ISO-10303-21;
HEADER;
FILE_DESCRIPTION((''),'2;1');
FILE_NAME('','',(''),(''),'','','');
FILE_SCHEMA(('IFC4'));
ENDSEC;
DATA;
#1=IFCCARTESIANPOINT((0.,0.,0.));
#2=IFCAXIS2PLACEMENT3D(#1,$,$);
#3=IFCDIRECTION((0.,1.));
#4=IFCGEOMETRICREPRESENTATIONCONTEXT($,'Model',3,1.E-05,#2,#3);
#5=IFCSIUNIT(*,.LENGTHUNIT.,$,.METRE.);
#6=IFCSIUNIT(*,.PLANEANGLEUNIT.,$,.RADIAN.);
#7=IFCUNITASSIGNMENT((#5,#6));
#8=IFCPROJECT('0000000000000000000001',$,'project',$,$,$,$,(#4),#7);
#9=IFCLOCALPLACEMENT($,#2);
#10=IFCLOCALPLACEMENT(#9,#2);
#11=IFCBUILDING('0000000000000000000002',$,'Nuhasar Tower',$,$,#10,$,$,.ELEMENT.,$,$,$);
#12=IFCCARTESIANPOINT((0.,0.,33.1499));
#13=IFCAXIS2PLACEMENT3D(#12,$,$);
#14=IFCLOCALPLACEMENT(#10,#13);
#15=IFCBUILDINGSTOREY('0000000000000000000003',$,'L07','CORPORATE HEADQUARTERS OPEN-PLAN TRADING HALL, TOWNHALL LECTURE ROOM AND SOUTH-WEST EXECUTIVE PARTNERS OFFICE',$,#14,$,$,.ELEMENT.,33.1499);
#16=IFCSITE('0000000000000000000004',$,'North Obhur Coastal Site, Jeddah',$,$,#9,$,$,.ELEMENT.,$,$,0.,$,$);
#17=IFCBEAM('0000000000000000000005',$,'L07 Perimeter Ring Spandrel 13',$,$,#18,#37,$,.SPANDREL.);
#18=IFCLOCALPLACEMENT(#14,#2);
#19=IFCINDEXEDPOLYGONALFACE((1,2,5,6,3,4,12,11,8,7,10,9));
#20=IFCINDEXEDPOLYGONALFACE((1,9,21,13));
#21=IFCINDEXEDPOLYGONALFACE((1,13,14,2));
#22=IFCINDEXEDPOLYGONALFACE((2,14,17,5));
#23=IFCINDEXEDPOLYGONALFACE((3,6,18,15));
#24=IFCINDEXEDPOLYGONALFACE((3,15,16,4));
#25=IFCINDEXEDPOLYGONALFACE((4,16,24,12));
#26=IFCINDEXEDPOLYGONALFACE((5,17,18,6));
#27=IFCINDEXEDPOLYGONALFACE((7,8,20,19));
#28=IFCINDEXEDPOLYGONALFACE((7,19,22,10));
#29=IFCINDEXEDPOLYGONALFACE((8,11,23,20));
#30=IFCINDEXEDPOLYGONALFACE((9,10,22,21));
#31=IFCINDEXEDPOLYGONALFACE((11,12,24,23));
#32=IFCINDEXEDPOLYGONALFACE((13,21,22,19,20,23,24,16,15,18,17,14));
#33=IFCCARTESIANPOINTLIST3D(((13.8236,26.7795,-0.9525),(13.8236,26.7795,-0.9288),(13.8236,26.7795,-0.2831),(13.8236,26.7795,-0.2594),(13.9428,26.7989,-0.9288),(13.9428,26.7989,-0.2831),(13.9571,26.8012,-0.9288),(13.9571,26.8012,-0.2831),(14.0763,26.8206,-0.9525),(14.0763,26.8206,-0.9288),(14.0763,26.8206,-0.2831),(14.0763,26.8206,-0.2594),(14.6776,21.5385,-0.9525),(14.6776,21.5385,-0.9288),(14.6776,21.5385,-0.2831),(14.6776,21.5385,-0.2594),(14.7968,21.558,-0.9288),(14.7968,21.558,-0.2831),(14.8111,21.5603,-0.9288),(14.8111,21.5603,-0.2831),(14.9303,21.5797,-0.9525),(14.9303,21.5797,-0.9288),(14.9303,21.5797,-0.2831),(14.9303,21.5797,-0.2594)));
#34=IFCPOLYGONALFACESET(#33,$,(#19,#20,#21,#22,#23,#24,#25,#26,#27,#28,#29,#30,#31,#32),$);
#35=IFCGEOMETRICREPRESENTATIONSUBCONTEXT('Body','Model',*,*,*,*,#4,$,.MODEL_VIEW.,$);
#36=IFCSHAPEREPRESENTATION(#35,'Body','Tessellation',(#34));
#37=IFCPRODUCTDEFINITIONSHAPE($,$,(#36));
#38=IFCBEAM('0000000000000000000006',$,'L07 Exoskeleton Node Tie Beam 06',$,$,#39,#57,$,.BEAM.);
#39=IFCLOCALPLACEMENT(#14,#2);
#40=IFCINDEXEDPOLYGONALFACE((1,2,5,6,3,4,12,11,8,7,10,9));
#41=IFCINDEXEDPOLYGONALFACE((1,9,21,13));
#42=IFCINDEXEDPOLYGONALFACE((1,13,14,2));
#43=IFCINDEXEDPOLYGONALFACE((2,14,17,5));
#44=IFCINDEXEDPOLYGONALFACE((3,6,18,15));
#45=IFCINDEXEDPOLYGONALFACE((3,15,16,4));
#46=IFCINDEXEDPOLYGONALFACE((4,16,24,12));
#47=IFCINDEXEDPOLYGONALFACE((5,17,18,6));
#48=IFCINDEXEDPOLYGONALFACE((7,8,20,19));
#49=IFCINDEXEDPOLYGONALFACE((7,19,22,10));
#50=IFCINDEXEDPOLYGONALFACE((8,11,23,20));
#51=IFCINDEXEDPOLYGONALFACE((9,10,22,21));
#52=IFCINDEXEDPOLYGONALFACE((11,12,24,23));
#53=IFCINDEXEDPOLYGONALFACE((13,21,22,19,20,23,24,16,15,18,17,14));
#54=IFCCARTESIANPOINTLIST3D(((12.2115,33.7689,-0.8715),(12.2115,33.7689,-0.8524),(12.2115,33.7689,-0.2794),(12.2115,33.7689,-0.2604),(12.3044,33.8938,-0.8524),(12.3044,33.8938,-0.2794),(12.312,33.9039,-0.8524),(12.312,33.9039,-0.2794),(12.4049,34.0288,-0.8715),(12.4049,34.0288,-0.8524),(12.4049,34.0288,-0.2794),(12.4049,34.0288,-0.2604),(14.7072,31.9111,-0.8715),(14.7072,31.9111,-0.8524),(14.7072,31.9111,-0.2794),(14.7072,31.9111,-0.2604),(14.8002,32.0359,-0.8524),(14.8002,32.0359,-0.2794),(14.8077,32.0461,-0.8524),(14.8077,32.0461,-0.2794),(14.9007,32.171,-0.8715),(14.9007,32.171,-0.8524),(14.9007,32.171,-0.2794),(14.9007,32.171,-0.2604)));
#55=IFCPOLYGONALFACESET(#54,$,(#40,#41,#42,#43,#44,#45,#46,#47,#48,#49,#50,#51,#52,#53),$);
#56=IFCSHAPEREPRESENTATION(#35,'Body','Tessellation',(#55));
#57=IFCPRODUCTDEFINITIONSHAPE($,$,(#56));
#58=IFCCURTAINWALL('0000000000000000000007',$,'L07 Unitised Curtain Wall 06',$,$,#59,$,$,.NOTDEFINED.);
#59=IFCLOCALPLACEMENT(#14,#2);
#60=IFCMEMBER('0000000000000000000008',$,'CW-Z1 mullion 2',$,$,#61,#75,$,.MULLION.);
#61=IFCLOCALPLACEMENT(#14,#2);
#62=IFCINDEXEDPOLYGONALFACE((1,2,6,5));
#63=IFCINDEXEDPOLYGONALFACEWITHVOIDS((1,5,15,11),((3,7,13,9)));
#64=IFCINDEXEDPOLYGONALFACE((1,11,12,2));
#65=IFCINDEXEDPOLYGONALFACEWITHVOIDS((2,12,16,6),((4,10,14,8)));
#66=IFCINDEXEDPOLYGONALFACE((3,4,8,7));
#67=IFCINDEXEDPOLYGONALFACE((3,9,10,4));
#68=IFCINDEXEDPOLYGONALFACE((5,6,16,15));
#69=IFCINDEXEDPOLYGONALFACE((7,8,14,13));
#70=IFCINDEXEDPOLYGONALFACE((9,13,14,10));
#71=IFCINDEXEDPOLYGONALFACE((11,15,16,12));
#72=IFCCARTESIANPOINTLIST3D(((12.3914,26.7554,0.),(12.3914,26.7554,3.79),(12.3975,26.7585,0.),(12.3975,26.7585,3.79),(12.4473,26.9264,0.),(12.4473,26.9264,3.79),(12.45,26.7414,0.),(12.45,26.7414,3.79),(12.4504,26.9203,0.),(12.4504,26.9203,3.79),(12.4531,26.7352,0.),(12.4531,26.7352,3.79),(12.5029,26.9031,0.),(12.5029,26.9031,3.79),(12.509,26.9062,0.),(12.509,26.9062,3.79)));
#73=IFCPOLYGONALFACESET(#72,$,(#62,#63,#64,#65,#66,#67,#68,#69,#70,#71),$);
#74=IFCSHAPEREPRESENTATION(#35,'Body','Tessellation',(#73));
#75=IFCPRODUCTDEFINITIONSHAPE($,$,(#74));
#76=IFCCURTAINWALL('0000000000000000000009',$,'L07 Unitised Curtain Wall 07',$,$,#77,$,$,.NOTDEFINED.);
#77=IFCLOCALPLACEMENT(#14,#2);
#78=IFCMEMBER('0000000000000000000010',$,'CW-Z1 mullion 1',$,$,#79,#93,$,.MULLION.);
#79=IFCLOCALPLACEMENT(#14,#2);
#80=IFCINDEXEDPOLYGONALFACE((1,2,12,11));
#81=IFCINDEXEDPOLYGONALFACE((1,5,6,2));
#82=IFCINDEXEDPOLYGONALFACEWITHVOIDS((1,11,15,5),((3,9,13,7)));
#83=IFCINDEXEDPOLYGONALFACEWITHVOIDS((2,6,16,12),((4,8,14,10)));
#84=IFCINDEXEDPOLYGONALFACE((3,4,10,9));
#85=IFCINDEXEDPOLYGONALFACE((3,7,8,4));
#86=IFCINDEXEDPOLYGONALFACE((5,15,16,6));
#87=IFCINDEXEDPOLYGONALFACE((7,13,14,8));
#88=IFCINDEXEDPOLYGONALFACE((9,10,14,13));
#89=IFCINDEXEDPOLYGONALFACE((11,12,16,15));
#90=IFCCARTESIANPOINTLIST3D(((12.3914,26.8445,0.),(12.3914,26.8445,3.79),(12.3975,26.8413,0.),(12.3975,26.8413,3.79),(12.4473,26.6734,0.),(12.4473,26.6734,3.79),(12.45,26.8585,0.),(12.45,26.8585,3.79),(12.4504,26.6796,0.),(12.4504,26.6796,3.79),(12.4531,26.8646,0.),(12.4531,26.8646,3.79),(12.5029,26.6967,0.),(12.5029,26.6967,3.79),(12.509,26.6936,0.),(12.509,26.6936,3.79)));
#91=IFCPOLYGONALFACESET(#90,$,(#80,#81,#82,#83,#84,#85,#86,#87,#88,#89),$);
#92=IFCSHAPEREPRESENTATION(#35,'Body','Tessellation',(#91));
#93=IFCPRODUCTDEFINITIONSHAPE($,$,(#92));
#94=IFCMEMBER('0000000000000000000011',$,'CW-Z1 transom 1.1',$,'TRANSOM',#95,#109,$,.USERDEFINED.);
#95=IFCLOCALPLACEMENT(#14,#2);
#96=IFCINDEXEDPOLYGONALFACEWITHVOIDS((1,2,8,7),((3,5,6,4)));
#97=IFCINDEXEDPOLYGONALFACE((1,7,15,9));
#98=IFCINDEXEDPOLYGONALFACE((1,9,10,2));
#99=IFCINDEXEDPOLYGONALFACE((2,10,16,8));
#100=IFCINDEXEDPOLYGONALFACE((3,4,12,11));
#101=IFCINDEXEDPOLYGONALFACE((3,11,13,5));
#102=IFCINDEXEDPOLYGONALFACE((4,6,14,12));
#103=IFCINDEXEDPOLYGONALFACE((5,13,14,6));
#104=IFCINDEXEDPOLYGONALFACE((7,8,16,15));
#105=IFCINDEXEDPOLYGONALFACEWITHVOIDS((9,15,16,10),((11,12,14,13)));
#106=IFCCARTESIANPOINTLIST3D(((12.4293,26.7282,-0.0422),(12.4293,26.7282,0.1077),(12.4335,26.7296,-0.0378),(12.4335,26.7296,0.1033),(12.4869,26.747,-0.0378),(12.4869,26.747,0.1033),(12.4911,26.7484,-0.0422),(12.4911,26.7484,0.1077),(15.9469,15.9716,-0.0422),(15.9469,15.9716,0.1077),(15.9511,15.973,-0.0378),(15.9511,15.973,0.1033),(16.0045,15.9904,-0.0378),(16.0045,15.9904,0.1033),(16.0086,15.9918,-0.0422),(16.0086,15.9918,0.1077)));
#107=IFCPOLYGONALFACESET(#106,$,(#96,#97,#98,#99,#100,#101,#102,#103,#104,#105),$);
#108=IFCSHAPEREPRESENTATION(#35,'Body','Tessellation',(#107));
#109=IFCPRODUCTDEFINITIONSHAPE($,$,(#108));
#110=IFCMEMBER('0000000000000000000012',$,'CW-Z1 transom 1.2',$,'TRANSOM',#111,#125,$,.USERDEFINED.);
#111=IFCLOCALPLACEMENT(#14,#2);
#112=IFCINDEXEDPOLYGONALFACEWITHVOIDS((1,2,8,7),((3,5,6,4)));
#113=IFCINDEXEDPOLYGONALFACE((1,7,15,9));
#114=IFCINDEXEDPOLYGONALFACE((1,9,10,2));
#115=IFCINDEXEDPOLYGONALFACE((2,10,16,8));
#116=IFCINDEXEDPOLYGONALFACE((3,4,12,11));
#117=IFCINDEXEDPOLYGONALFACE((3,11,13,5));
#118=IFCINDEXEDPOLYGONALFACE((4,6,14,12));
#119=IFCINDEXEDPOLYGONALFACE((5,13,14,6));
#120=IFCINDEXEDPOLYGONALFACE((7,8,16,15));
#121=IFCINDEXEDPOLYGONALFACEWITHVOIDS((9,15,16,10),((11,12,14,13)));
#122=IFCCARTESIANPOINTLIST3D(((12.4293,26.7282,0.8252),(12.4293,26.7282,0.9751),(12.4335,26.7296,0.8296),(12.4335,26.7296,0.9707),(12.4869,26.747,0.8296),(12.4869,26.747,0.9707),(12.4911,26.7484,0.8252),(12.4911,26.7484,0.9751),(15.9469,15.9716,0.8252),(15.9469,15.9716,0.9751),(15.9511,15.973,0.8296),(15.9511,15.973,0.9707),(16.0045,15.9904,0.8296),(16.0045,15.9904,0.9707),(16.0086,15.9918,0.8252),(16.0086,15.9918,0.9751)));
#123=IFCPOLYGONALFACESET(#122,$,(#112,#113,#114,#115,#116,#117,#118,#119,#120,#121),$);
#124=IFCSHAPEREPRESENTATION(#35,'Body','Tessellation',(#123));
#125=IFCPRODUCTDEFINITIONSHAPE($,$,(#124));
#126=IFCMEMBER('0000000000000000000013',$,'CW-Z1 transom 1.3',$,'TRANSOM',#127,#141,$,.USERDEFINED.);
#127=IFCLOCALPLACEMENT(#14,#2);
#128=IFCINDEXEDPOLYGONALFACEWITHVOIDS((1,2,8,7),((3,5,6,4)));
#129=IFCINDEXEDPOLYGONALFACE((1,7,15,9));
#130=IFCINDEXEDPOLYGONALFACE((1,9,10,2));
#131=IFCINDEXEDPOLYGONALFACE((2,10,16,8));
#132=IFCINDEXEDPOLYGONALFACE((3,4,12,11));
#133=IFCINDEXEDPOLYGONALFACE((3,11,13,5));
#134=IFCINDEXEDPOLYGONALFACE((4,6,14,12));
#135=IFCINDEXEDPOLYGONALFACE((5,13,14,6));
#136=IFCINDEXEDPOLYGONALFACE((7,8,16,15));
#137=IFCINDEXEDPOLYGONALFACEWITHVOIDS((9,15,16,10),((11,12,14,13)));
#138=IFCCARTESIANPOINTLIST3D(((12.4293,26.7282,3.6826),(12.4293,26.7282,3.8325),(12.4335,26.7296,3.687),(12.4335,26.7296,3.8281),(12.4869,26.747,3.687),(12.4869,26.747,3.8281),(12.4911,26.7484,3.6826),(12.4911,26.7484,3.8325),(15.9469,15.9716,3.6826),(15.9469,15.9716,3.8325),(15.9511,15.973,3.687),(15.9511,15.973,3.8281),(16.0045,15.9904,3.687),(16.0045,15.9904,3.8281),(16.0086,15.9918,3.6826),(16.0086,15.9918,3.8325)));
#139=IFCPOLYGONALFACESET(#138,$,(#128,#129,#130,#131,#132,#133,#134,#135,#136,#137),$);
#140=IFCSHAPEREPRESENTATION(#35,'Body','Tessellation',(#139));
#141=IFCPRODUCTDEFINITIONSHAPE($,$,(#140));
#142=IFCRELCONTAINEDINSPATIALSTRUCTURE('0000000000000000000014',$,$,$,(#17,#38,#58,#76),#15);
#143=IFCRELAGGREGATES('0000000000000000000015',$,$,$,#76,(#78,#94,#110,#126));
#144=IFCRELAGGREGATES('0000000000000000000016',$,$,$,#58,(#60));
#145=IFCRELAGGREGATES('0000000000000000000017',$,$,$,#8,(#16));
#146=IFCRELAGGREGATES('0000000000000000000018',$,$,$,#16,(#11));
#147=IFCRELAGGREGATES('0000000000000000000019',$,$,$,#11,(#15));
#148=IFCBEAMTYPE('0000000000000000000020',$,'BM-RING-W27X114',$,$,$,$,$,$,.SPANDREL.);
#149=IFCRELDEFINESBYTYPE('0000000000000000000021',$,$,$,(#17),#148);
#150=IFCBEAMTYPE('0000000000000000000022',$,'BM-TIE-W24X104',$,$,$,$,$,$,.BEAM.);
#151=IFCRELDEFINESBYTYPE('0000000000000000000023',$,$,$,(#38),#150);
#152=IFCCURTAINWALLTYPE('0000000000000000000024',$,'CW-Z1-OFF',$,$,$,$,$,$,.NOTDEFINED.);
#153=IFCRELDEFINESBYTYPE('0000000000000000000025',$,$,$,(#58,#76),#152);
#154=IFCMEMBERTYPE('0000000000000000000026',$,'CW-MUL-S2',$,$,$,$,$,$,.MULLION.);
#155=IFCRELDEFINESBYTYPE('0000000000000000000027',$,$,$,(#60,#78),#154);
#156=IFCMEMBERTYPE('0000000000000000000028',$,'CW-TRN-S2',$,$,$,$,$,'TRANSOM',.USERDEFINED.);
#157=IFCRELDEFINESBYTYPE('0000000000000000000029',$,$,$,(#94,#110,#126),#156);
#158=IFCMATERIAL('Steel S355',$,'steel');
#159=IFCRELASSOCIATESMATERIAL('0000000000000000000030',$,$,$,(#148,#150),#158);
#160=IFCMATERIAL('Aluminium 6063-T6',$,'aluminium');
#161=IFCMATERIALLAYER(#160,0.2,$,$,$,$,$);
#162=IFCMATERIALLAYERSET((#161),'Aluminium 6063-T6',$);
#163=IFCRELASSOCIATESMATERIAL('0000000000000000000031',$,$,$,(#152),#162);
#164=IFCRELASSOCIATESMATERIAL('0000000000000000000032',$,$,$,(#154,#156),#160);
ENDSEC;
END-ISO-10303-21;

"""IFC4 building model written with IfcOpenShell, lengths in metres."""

from ifc_helpers import new_model, si_unit, direction, frame, origin, origin_2d, place, context, subcontext, project, spatial, hollow_rectangle, i_section, extrude, material, layer, layer_set, material_profile, profile_set, type_object, element, aggregate, save


model = new_model("IFC4")

# Units and contexts
model_context = context("Model", 3, precision=1e-05, world=origin(), true_north=direction((0.0, 1.0)))
body_context = subcontext(model_context, "Body", "Model", "MODEL_VIEW")
ifc_project = project(units=[si_unit("LENGTHUNIT", "METRE"), si_unit("PLANEANGLEUNIT", "RADIAN")], contexts=[model_context])

# Site, building, storey
site_placement = place(None, origin())
site = spatial("IfcSite", under=ifc_project, at=site_placement, Name="North Obhur Coastal Site, Jeddah", CompositionType="ELEMENT", RefElevation=0.0)
building_placement = place(site_placement, origin())
building = spatial("IfcBuilding", under=site, at=building_placement, Name="Nuhasar Tower", CompositionType="ELEMENT")
storey_placement = place(building_placement, frame((0.0, 0.0, 33.1499)))
storey = spatial("IfcBuildingStorey", under=building, at=storey_placement, Name="L07", Description="CORPORATE HEADQUARTERS OPEN-PLAN TRADING HALL, TOWNHALL LECTURE ROOM AND SOUTH-WEST EXECUTIVE PARTNERS OFFICE", CompositionType="ELEMENT", Elevation=33.1499)

# Beams
ifc_material_1 = material(Name="Steel S355", Category="steel")
ifc_material_profile_1 = material_profile(ifc_material_1, i_section(OverallWidth=0.2561, OverallDepth=0.6931, WebThickness=0.0144, FlangeThickness=0.0237, at=origin_2d()), Name="W27X114")
ifc_profile_set_1 = profile_set([ifc_material_profile_1], Name="Steel S355")
beam_type_1 = type_object("IfcBeamType", Name="BM-RING-W27X114", PredefinedType="SPANDREL", material=ifc_profile_set_1)
for number, where, z_axis, x_axis, name in (
    (1, (13.95, 26.8, -0.606), (0.160827, -0.986983, 0.0), (0.986983, 0.160827, 0.0), "L07 Perimeter Ring Spandrel 13"),
):
    element("IfcBeam", number, at=place(storey_placement, frame(where, z_axis=z_axis, x_axis=x_axis)), inside=storey, type_object=beam_type_1, Name=name, PredefinedType="SPANDREL", context=body_context, shape_type="SweptSolid", body=[
        extrude(i_section(OverallWidth=0.2561, OverallDepth=0.6931, WebThickness=0.0144, FlangeThickness=0.0237, at=origin_2d()), origin(), (0.0, 0.0, 1.0), 5.3101),
    ])
ifc_material_profile_2 = material_profile(ifc_material_1, i_section(OverallWidth=0.324, OverallDepth=0.6111, WebThickness=0.0127, FlangeThickness=0.019, at=origin_2d()), Name="W24X104")
ifc_profile_set_2 = profile_set([ifc_material_profile_2], Name="Steel S355")
beam_type_2 = type_object("IfcBeamType", Name="BM-TIE-W24X104", PredefinedType="BEAM", material=ifc_profile_set_2)
beam_1_placement = place(storey_placement, frame((14.804, 32.041, -0.5659), z_axis=(-0.802151, 0.597121, 0.0), x_axis=(-0.597121, -0.802151, 0.0)))
element("IfcBeam", 2, at=beam_1_placement, inside=storey, type_object=beam_type_2, Name="L07 Exoskeleton Node Tie Beam 06", PredefinedType="BEAM", context=body_context, shape_type="SweptSolid", body=[
    extrude(i_section(OverallWidth=0.324, OverallDepth=0.6111, WebThickness=0.0127, FlangeThickness=0.019, at=origin_2d()), origin(), (0.0, 0.0, 1.0), 3.1113),
])

# Curtain wall, member
ifc_material_2 = material(Name="Aluminium 6063-T6", Category="aluminium")
ifc_layer_1 = layer(ifc_material_2, 0.2)
ifc_layer_set_1 = layer_set([ifc_layer_1], Name="Aluminium 6063-T6")
curtain_wall_type = type_object("IfcCurtainWallType", Name="CW-Z1-OFF", PredefinedType="NOTDEFINED", material=ifc_layer_set_1)
curtain_wall_1_placement = place(storey_placement, origin())
curtain_wall_1 = element("IfcCurtainWall", 3, at=curtain_wall_1_placement, inside=storey, type_object=curtain_wall_type, Name="L07 Unitised Curtain Wall 06", PredefinedType="NOTDEFINED")
ifc_material_profile_3 = material_profile(ifc_material_2, hollow_rectangle(XDim=0.0649, YDim=0.1799, WallThickness=0.0049, at=origin_2d()), Name="CWM-2")
ifc_profile_set_3 = profile_set([ifc_material_profile_3], Name="Aluminium 6063-T6")
member_type_1 = type_object("IfcMemberType", Name="CW-MUL-S2", PredefinedType="MULLION", material=ifc_profile_set_3)
member_1_placement = place(storey_placement, frame((12.4502, 26.8308, 0.0), z_axis=(0.0, 0.0, 1.0), x_axis=(0.950468, -0.310824, 0.0)))
member_1 = element("IfcMember", 4, at=member_1_placement, type_object=member_type_1, Name="CW-Z1 mullion 2", PredefinedType="MULLION", context=body_context, shape_type="SweptSolid", body=[
    extrude(hollow_rectangle(XDim=0.0649, YDim=0.1799, WallThickness=0.0049, at=origin_2d()), origin(), (0.0, 0.0, 1.0), 3.79),
])

# Curtain wall, members
curtain_wall_2_placement = place(storey_placement, origin())
curtain_wall_2 = element("IfcCurtainWall", 5, at=curtain_wall_2_placement, inside=storey, type_object=curtain_wall_type, Name="L07 Unitised Curtain Wall 07", PredefinedType="NOTDEFINED")
member_2_placement = place(storey_placement, frame((12.4502, 26.769, 0.0), z_axis=(0.0, 0.0, 1.0), x_axis=(0.950468, 0.310824, 0.0)))
member_2 = element("IfcMember", 6, at=member_2_placement, type_object=member_type_1, Name="CW-Z1 mullion 1", PredefinedType="MULLION", context=body_context, shape_type="SweptSolid", body=[
    extrude(hollow_rectangle(XDim=0.0649, YDim=0.1799, WallThickness=0.0049, at=origin_2d()), origin(), (0.0, 0.0, 1.0), 3.79),
])
ifc_material_profile_4 = material_profile(ifc_material_2, hollow_rectangle(XDim=0.0649, YDim=0.1499, WallThickness=0.0044, at=origin_2d()), Name="CWT-2")
ifc_profile_set_4 = profile_set([ifc_material_profile_4], Name="Aluminium 6063-T6")
member_type_2 = type_object("IfcMemberType", Name="CW-TRN-S2", ElementType="TRANSOM", PredefinedType="USERDEFINED", material=ifc_profile_set_4)
member_3_placement = place(storey_placement, frame((12.4602, 26.7383, 0.0327), z_axis=(0.310819, -0.950469, 0.0), x_axis=(0.950469, 0.310819, 0.0)))
member_3 = element("IfcMember", 7, at=member_3_placement, type_object=member_type_2, Name="CW-Z1 transom 1.1", ObjectType="TRANSOM", PredefinedType="USERDEFINED", context=body_context, shape_type="SweptSolid", body=[
    extrude(hollow_rectangle(XDim=0.0649, YDim=0.1499, WallThickness=0.0044, at=origin_2d()), origin(), (0.0, 0.0, 1.0), 11.3171),
])
member_4_placement = place(storey_placement, frame((12.4602, 26.7383, 0.9001), z_axis=(0.310819, -0.950469, 0.0), x_axis=(0.950469, 0.310819, 0.0)))
member_4 = element("IfcMember", 8, at=member_4_placement, type_object=member_type_2, Name="CW-Z1 transom 1.2", ObjectType="TRANSOM", PredefinedType="USERDEFINED", context=body_context, shape_type="SweptSolid", body=[
    extrude(hollow_rectangle(XDim=0.0649, YDim=0.1499, WallThickness=0.0044, at=origin_2d()), origin(), (0.0, 0.0, 1.0), 11.3171),
])
member_5_placement = place(storey_placement, frame((12.4602, 26.7383, 3.7576), z_axis=(0.310819, -0.950469, 0.0), x_axis=(0.950469, 0.310819, 0.0)))
member_5 = element("IfcMember", 9, at=member_5_placement, type_object=member_type_2, Name="CW-Z1 transom 1.3", ObjectType="TRANSOM", PredefinedType="USERDEFINED", context=body_context, shape_type="SweptSolid", body=[
    extrude(hollow_rectangle(XDim=0.0649, YDim=0.1499, WallThickness=0.0044, at=origin_2d()), origin(), (0.0, 0.0, 1.0), 11.3171),
])
aggregate(curtain_wall_2, [member_2, member_3, member_4, member_5])

aggregate(curtain_wall_1, [member_1])

save(model, "model.ifc")
